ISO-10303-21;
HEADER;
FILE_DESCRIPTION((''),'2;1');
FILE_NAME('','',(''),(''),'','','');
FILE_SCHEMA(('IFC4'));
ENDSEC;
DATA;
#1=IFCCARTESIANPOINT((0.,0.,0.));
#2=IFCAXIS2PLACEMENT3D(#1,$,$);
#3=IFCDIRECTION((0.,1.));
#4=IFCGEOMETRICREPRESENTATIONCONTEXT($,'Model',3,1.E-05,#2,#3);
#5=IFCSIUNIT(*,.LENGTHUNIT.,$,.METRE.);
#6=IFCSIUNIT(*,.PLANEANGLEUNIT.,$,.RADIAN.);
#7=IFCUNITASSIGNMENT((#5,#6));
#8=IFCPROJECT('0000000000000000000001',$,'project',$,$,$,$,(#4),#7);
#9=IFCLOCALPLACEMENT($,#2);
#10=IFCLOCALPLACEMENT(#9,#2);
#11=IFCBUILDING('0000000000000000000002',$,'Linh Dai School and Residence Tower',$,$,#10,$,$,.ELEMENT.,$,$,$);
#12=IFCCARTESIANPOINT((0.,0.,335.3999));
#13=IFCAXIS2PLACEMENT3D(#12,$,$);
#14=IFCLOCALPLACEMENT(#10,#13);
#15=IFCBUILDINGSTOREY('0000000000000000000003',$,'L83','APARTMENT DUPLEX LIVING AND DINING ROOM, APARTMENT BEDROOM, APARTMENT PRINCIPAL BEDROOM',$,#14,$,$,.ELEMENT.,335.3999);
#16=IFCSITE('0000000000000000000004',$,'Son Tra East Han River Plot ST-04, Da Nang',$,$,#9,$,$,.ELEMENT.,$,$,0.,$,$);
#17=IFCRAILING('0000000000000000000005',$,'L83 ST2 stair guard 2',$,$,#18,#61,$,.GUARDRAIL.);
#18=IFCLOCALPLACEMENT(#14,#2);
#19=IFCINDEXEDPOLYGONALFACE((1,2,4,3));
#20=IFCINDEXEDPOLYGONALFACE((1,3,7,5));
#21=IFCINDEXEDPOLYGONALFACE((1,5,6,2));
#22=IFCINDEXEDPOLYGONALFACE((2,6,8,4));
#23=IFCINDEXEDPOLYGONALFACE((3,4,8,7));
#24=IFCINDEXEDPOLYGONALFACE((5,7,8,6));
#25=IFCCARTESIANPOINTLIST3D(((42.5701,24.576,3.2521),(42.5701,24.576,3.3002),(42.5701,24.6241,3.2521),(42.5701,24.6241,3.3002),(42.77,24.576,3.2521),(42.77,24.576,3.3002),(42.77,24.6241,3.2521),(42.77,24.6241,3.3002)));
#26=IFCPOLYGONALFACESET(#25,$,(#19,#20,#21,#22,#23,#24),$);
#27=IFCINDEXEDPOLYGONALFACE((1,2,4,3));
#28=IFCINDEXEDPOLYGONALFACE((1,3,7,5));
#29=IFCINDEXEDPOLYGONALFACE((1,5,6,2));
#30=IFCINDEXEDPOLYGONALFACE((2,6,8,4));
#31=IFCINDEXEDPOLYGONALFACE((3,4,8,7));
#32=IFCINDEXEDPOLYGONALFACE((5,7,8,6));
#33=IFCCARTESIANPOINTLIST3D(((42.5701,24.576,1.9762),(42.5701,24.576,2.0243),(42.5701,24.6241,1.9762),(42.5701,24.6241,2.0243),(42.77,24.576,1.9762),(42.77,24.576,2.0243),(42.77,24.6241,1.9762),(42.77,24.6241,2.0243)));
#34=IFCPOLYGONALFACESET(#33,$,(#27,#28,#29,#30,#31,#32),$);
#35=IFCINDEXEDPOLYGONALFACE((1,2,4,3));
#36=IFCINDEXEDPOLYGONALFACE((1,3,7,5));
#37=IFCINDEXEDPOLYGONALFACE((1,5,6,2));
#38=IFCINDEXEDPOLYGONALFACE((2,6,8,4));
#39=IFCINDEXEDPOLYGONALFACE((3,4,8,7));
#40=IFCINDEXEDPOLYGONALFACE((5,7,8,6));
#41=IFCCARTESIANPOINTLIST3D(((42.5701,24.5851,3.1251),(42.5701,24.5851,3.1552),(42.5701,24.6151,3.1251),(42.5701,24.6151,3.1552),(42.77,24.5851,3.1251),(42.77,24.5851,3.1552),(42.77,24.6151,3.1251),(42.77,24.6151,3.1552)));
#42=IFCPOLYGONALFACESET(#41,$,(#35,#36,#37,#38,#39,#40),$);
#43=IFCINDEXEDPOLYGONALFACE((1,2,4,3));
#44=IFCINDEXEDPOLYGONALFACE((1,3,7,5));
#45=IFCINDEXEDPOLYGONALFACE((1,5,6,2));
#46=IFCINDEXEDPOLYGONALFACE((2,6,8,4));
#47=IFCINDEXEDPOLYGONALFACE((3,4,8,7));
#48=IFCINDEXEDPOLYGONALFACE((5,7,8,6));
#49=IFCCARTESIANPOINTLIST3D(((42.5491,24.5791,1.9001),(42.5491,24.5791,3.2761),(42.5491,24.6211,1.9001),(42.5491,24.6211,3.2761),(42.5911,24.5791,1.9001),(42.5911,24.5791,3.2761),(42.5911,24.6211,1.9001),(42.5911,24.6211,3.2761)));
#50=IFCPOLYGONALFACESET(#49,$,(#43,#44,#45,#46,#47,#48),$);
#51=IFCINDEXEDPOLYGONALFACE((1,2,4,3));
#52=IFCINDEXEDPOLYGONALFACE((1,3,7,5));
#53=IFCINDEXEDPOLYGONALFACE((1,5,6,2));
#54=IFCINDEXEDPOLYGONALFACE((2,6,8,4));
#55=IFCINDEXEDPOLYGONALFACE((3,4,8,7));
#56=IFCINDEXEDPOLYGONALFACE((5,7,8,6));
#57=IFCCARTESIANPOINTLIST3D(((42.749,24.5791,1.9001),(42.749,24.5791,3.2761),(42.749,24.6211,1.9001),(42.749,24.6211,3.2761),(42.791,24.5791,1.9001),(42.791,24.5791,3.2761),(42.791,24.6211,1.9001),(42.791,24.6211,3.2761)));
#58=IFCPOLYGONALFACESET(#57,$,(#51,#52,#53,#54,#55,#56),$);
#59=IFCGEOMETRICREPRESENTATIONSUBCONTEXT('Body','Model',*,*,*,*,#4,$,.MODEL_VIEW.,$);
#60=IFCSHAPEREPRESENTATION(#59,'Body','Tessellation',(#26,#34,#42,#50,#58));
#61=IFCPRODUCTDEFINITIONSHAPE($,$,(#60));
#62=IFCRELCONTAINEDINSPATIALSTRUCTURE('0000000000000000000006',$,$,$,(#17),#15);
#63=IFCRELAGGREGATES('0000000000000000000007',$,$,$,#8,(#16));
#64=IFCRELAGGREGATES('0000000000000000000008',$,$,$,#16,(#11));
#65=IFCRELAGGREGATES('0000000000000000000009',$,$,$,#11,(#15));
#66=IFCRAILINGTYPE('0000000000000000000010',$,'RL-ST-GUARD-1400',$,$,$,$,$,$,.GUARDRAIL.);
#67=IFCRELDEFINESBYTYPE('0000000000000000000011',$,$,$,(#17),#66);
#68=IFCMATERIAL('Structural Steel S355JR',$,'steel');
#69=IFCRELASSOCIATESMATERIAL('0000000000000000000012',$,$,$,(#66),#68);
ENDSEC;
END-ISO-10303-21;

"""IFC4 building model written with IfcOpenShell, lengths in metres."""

from ifc_helpers import new_model, si_unit, direction, frame, origin, origin_2d, place, context, subcontext, project, spatial, rectangle, extrude, source, transform, mapped, material, type_object, element, save


model = new_model("IFC4")

# Units and contexts
model_context = context("Model", 3, precision=1e-05, world=origin(), true_north=direction((0.0, 1.0)))
body_context = subcontext(model_context, "Body", "Model", "MODEL_VIEW")
ifc_project = project(units=[si_unit("LENGTHUNIT", "METRE"), si_unit("PLANEANGLEUNIT", "RADIAN")], contexts=[model_context])

# Site, building, storey
site_placement = place(None, origin())
site = spatial("IfcSite", under=ifc_project, at=site_placement, Name="Son Tra East Han River Plot ST-04, Da Nang", CompositionType="ELEMENT", RefElevation=0.0)
building_placement = place(site_placement, origin())
building = spatial("IfcBuilding", under=site, at=building_placement, Name="Linh Dai School and Residence Tower", CompositionType="ELEMENT")
storey_placement = place(building_placement, frame((0.0, 0.0, 335.3999)))
storey = spatial("IfcBuildingStorey", under=building, at=storey_placement, Name="L83", Description="APARTMENT DUPLEX LIVING AND DINING ROOM, APARTMENT BEDROOM, APARTMENT PRINCIPAL BEDROOM", CompositionType="ELEMENT", Elevation=335.3999)

# Shared definitions
ifc_material_1 = material(Name="Structural Steel S355JR", Category="steel")

# Railing
railing_type_1 = type_object("IfcRailingType", Name="RL-ST-GUARD-1400", PredefinedType="GUARDRAIL", material=ifc_material_1)
shared_shape_1 = source(origin(), body_context, "Body", "SweptSolid", [
    extrude(rectangle(XDim=0.0481, YDim=0.0481, at=origin_2d()), frame((0.0, 0.0, 1.376), z_axis=(1.0, 0.0, 0.0), x_axis=(0.0, 1.0, 0.0)), (0.0, 0.0, 1.0), 0.2),
    extrude(rectangle(XDim=0.0481, YDim=0.0481, at=origin_2d()), frame((0.0, 0.0, 0.1001), z_axis=(1.0, 0.0, 0.0), x_axis=(0.0, 1.0, 0.0)), (0.0, 0.0, 1.0), 0.2),
    extrude(rectangle(XDim=0.03, YDim=0.03, at=origin_2d()), frame((0.0, 0.0, 1.24), z_axis=(1.0, 0.0, 0.0), x_axis=(0.0, 1.0, 0.0)), (0.0, 0.0, 1.0), 0.2),
    extrude(rectangle(XDim=0.042, YDim=0.042, at=origin_2d()), origin(), (0.0, 0.0, 1.0), 1.376),
    extrude(rectangle(XDim=0.042, YDim=0.042, at=origin_2d()), frame((0.2, 0.0, 0.0)), (0.0, 0.0, 1.0), 1.376),
])
railing_1_placement = place(storey_placement, frame((42.5701, 24.6001, 1.9001)))
element("IfcRailing", 1, at=railing_1_placement, inside=storey, type_object=railing_type_1, Name="L83 ST2 stair guard 2", PredefinedType="GUARDRAIL", context=body_context, shape_type="MappedRepresentation", body=[
    mapped(shared_shape_1, transform((0.0, 0.0, 0.0), x_axis=(1.0, 0.0, 0.0), y_axis=(0.0, 1.0, 0.0), z_axis=(0.0, 0.0, 1.0), scale=1.0)),
])

save(model, "model.ifc")
